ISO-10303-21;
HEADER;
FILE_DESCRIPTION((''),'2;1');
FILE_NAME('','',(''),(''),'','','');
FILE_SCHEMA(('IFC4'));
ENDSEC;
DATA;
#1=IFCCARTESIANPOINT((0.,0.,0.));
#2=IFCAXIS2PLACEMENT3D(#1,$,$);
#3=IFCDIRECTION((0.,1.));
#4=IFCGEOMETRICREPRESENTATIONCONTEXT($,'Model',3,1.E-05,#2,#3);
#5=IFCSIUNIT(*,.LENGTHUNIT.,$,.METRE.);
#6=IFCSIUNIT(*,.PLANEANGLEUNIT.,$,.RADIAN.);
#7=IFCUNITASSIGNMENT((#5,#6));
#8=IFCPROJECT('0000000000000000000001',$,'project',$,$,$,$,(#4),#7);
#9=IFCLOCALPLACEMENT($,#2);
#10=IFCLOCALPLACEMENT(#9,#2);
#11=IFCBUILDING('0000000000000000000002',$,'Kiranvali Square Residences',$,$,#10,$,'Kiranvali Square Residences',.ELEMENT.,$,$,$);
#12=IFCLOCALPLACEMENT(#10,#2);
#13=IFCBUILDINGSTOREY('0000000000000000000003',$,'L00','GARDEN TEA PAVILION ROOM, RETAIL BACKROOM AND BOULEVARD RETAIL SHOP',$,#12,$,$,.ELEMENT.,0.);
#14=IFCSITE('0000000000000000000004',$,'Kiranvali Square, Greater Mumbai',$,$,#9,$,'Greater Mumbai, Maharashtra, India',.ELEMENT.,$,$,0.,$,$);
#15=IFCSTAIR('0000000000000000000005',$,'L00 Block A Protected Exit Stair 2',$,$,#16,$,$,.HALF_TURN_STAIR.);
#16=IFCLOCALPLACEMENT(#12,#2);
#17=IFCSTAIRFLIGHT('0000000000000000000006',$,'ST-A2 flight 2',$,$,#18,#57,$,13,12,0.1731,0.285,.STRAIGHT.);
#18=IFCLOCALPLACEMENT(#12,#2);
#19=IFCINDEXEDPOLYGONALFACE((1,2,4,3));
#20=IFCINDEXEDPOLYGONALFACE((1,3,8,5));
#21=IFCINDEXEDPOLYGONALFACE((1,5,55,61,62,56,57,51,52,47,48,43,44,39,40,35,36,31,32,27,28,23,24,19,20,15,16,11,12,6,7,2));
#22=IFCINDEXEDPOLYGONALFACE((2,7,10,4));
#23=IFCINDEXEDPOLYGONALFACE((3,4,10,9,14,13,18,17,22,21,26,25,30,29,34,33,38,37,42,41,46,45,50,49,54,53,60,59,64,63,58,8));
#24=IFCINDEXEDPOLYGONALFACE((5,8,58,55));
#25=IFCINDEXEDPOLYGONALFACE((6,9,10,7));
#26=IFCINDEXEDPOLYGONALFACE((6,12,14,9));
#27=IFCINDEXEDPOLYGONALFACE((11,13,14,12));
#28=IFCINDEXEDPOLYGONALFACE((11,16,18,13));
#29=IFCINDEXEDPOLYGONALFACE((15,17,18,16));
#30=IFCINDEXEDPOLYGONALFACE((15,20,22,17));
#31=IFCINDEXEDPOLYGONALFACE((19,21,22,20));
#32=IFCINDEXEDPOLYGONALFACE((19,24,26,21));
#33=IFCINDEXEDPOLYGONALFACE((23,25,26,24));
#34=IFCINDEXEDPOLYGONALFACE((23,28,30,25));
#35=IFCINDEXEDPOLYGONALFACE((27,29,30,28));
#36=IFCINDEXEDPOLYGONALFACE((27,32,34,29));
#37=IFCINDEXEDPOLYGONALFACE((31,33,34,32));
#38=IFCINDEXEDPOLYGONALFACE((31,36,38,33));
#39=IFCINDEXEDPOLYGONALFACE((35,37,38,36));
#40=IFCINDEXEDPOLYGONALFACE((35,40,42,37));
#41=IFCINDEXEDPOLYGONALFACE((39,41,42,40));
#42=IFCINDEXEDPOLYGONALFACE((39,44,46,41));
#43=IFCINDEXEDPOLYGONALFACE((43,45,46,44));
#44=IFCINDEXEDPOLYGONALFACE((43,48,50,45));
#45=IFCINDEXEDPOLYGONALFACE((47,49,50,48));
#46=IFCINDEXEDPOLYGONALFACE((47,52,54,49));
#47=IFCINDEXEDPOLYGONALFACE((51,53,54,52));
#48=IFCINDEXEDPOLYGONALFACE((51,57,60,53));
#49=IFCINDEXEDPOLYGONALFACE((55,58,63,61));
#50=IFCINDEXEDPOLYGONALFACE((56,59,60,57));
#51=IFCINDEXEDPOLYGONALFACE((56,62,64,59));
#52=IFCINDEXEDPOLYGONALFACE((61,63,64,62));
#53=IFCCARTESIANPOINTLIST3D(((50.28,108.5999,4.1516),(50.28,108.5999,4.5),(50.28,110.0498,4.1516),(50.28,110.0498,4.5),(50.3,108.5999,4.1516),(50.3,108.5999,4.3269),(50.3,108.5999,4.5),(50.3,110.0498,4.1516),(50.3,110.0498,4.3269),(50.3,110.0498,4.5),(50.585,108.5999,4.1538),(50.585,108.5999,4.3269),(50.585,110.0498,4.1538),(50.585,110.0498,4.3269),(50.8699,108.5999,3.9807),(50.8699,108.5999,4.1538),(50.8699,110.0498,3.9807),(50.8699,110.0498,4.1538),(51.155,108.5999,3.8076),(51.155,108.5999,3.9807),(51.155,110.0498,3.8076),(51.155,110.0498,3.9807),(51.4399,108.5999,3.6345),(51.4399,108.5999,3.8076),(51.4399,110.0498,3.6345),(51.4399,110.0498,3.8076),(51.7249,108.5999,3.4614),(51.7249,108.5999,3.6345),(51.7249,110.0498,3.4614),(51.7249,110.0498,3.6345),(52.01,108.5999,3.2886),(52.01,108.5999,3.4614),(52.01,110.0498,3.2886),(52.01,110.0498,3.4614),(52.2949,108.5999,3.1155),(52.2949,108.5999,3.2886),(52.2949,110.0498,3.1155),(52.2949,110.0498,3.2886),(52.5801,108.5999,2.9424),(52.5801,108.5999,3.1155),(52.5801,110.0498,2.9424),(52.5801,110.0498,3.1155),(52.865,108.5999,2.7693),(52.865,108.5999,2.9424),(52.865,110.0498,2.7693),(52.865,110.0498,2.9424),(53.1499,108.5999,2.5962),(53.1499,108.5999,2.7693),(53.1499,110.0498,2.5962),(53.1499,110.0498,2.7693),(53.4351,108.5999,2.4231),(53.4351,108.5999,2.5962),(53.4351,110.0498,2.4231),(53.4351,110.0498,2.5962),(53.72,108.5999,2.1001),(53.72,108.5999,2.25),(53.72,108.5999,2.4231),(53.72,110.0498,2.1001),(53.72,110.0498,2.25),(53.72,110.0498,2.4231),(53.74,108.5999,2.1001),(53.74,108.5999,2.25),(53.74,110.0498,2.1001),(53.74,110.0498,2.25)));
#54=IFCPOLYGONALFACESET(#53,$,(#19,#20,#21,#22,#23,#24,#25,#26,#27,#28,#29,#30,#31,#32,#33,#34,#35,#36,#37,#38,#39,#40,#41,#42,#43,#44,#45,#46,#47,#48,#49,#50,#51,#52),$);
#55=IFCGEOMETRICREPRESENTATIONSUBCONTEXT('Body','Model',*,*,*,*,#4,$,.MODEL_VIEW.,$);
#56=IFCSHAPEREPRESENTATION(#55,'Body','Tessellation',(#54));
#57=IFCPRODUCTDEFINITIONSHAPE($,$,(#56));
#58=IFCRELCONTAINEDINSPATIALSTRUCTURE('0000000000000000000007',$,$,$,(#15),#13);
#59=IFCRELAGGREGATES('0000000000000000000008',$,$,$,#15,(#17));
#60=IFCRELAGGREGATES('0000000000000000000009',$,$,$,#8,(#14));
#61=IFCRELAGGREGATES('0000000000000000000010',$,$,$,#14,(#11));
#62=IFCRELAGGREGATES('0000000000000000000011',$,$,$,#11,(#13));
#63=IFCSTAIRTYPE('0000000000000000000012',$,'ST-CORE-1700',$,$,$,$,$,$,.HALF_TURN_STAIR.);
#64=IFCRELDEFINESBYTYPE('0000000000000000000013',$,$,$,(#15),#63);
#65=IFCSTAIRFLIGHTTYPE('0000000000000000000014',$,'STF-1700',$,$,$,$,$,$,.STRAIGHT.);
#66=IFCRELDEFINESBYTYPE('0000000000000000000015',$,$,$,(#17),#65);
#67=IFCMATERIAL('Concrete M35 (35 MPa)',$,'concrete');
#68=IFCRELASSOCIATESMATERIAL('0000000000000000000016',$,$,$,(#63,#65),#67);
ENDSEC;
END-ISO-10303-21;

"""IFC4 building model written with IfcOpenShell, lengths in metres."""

from ifc_helpers import new_model, si_unit, direction, frame, origin, place, context, subcontext, project, spatial, polyline, outline, extrude, material, type_object, element, aggregate, save


model = new_model("IFC4")

# Units and contexts
model_context = context("Model", 3, precision=1e-05, world=origin(), true_north=direction((0.0, 1.0)))
body_context = subcontext(model_context, "Body", "Model", "MODEL_VIEW")
ifc_project = project(units=[si_unit("LENGTHUNIT", "METRE"), si_unit("PLANEANGLEUNIT", "RADIAN")], contexts=[model_context])

# Site, building, storey
site_placement = place(None, origin())
site = spatial("IfcSite", under=ifc_project, at=site_placement, Name="Kiranvali Square, Greater Mumbai", LongName="Greater Mumbai, Maharashtra, India", CompositionType="ELEMENT", RefElevation=0.0)
building_placement = place(site_placement, origin())
building = spatial("IfcBuilding", under=site, at=building_placement, Name="Kiranvali Square Residences", LongName="Kiranvali Square Residences", CompositionType="ELEMENT")
storey_placement = place(building_placement, origin())
storey = spatial("IfcBuildingStorey", under=building, at=storey_placement, Name="L00", Description="GARDEN TEA PAVILION ROOM, RETAIL BACKROOM AND BOULEVARD RETAIL SHOP", CompositionType="ELEMENT", Elevation=0.0)

# Stair, stair flight
ifc_material_1 = material(Name="Concrete M35 (35 MPa)", Category="concrete")
stair_type = type_object("IfcStairType", Name="ST-CORE-1700", PredefinedType="HALF_TURN_STAIR", material=ifc_material_1)
stair_placement = place(storey_placement, origin())
stair = element("IfcStair", 1, at=stair_placement, inside=storey, type_object=stair_type, Name="L00 Block A Protected Exit Stair 2", PredefinedType="HALF_TURN_STAIR")
stair_flight_type = type_object("IfcStairFlightType", Name="STF-1700", PredefinedType="STRAIGHT", material=ifc_material_1)
stair_flight_1_placement = place(storey_placement, frame((53.72, 109.325, 2.25), z_axis=(0.0, 0.0, 1.0), x_axis=(-1.0, 0.0, 0.0)))
stair_flight_1 = element("IfcStairFlight", 2, at=stair_flight_1_placement, type_object=stair_flight_type, Name="ST-A2 flight 2", NumberOfRisers=13, NumberOfTreads=12, PredefinedType="STRAIGHT", RiserHeight=0.1731, TreadLength=0.285, context=body_context, shape_type="SweptSolid", body=[
    extrude(outline(polyline([(-0.02, -0.1499), (-0.02, 0.0), (0.0, 0.0), (0.0, 0.1731), (0.2849, 0.1731), (0.2849, 0.3462), (0.5701, 0.3462), (0.5701, 0.5193), (0.855, 0.5193), (0.855, 0.6924), (1.1399, 0.6924), (1.1399, 0.8655), (1.425, 0.8655), (1.425, 1.0386), (1.71, 1.0386), (1.71, 1.2114), (1.9951, 1.2114), (1.9951, 1.3845), (2.28, 1.3845), (2.28, 1.5576), (2.5649, 1.5576), (2.5649, 1.7307), (2.8501, 1.7307), (2.8501, 1.9038), (3.135, 1.9038), (3.135, 2.0769), (3.4199, 2.0769), (3.4199, 2.25), (3.4399, 2.25), (3.4399, 1.9016), (3.4199, 1.9016), (0.0, -0.1499), (-0.02, -0.1499)])), frame((0.0, 0.7251, 0.0), z_axis=(0.0, -1.0, 0.0), x_axis=(1.0, 0.0, 0.0)), (0.0, 0.0, 1.0), 1.45),
])
aggregate(stair, [stair_flight_1])

save(model, "model.ifc")
